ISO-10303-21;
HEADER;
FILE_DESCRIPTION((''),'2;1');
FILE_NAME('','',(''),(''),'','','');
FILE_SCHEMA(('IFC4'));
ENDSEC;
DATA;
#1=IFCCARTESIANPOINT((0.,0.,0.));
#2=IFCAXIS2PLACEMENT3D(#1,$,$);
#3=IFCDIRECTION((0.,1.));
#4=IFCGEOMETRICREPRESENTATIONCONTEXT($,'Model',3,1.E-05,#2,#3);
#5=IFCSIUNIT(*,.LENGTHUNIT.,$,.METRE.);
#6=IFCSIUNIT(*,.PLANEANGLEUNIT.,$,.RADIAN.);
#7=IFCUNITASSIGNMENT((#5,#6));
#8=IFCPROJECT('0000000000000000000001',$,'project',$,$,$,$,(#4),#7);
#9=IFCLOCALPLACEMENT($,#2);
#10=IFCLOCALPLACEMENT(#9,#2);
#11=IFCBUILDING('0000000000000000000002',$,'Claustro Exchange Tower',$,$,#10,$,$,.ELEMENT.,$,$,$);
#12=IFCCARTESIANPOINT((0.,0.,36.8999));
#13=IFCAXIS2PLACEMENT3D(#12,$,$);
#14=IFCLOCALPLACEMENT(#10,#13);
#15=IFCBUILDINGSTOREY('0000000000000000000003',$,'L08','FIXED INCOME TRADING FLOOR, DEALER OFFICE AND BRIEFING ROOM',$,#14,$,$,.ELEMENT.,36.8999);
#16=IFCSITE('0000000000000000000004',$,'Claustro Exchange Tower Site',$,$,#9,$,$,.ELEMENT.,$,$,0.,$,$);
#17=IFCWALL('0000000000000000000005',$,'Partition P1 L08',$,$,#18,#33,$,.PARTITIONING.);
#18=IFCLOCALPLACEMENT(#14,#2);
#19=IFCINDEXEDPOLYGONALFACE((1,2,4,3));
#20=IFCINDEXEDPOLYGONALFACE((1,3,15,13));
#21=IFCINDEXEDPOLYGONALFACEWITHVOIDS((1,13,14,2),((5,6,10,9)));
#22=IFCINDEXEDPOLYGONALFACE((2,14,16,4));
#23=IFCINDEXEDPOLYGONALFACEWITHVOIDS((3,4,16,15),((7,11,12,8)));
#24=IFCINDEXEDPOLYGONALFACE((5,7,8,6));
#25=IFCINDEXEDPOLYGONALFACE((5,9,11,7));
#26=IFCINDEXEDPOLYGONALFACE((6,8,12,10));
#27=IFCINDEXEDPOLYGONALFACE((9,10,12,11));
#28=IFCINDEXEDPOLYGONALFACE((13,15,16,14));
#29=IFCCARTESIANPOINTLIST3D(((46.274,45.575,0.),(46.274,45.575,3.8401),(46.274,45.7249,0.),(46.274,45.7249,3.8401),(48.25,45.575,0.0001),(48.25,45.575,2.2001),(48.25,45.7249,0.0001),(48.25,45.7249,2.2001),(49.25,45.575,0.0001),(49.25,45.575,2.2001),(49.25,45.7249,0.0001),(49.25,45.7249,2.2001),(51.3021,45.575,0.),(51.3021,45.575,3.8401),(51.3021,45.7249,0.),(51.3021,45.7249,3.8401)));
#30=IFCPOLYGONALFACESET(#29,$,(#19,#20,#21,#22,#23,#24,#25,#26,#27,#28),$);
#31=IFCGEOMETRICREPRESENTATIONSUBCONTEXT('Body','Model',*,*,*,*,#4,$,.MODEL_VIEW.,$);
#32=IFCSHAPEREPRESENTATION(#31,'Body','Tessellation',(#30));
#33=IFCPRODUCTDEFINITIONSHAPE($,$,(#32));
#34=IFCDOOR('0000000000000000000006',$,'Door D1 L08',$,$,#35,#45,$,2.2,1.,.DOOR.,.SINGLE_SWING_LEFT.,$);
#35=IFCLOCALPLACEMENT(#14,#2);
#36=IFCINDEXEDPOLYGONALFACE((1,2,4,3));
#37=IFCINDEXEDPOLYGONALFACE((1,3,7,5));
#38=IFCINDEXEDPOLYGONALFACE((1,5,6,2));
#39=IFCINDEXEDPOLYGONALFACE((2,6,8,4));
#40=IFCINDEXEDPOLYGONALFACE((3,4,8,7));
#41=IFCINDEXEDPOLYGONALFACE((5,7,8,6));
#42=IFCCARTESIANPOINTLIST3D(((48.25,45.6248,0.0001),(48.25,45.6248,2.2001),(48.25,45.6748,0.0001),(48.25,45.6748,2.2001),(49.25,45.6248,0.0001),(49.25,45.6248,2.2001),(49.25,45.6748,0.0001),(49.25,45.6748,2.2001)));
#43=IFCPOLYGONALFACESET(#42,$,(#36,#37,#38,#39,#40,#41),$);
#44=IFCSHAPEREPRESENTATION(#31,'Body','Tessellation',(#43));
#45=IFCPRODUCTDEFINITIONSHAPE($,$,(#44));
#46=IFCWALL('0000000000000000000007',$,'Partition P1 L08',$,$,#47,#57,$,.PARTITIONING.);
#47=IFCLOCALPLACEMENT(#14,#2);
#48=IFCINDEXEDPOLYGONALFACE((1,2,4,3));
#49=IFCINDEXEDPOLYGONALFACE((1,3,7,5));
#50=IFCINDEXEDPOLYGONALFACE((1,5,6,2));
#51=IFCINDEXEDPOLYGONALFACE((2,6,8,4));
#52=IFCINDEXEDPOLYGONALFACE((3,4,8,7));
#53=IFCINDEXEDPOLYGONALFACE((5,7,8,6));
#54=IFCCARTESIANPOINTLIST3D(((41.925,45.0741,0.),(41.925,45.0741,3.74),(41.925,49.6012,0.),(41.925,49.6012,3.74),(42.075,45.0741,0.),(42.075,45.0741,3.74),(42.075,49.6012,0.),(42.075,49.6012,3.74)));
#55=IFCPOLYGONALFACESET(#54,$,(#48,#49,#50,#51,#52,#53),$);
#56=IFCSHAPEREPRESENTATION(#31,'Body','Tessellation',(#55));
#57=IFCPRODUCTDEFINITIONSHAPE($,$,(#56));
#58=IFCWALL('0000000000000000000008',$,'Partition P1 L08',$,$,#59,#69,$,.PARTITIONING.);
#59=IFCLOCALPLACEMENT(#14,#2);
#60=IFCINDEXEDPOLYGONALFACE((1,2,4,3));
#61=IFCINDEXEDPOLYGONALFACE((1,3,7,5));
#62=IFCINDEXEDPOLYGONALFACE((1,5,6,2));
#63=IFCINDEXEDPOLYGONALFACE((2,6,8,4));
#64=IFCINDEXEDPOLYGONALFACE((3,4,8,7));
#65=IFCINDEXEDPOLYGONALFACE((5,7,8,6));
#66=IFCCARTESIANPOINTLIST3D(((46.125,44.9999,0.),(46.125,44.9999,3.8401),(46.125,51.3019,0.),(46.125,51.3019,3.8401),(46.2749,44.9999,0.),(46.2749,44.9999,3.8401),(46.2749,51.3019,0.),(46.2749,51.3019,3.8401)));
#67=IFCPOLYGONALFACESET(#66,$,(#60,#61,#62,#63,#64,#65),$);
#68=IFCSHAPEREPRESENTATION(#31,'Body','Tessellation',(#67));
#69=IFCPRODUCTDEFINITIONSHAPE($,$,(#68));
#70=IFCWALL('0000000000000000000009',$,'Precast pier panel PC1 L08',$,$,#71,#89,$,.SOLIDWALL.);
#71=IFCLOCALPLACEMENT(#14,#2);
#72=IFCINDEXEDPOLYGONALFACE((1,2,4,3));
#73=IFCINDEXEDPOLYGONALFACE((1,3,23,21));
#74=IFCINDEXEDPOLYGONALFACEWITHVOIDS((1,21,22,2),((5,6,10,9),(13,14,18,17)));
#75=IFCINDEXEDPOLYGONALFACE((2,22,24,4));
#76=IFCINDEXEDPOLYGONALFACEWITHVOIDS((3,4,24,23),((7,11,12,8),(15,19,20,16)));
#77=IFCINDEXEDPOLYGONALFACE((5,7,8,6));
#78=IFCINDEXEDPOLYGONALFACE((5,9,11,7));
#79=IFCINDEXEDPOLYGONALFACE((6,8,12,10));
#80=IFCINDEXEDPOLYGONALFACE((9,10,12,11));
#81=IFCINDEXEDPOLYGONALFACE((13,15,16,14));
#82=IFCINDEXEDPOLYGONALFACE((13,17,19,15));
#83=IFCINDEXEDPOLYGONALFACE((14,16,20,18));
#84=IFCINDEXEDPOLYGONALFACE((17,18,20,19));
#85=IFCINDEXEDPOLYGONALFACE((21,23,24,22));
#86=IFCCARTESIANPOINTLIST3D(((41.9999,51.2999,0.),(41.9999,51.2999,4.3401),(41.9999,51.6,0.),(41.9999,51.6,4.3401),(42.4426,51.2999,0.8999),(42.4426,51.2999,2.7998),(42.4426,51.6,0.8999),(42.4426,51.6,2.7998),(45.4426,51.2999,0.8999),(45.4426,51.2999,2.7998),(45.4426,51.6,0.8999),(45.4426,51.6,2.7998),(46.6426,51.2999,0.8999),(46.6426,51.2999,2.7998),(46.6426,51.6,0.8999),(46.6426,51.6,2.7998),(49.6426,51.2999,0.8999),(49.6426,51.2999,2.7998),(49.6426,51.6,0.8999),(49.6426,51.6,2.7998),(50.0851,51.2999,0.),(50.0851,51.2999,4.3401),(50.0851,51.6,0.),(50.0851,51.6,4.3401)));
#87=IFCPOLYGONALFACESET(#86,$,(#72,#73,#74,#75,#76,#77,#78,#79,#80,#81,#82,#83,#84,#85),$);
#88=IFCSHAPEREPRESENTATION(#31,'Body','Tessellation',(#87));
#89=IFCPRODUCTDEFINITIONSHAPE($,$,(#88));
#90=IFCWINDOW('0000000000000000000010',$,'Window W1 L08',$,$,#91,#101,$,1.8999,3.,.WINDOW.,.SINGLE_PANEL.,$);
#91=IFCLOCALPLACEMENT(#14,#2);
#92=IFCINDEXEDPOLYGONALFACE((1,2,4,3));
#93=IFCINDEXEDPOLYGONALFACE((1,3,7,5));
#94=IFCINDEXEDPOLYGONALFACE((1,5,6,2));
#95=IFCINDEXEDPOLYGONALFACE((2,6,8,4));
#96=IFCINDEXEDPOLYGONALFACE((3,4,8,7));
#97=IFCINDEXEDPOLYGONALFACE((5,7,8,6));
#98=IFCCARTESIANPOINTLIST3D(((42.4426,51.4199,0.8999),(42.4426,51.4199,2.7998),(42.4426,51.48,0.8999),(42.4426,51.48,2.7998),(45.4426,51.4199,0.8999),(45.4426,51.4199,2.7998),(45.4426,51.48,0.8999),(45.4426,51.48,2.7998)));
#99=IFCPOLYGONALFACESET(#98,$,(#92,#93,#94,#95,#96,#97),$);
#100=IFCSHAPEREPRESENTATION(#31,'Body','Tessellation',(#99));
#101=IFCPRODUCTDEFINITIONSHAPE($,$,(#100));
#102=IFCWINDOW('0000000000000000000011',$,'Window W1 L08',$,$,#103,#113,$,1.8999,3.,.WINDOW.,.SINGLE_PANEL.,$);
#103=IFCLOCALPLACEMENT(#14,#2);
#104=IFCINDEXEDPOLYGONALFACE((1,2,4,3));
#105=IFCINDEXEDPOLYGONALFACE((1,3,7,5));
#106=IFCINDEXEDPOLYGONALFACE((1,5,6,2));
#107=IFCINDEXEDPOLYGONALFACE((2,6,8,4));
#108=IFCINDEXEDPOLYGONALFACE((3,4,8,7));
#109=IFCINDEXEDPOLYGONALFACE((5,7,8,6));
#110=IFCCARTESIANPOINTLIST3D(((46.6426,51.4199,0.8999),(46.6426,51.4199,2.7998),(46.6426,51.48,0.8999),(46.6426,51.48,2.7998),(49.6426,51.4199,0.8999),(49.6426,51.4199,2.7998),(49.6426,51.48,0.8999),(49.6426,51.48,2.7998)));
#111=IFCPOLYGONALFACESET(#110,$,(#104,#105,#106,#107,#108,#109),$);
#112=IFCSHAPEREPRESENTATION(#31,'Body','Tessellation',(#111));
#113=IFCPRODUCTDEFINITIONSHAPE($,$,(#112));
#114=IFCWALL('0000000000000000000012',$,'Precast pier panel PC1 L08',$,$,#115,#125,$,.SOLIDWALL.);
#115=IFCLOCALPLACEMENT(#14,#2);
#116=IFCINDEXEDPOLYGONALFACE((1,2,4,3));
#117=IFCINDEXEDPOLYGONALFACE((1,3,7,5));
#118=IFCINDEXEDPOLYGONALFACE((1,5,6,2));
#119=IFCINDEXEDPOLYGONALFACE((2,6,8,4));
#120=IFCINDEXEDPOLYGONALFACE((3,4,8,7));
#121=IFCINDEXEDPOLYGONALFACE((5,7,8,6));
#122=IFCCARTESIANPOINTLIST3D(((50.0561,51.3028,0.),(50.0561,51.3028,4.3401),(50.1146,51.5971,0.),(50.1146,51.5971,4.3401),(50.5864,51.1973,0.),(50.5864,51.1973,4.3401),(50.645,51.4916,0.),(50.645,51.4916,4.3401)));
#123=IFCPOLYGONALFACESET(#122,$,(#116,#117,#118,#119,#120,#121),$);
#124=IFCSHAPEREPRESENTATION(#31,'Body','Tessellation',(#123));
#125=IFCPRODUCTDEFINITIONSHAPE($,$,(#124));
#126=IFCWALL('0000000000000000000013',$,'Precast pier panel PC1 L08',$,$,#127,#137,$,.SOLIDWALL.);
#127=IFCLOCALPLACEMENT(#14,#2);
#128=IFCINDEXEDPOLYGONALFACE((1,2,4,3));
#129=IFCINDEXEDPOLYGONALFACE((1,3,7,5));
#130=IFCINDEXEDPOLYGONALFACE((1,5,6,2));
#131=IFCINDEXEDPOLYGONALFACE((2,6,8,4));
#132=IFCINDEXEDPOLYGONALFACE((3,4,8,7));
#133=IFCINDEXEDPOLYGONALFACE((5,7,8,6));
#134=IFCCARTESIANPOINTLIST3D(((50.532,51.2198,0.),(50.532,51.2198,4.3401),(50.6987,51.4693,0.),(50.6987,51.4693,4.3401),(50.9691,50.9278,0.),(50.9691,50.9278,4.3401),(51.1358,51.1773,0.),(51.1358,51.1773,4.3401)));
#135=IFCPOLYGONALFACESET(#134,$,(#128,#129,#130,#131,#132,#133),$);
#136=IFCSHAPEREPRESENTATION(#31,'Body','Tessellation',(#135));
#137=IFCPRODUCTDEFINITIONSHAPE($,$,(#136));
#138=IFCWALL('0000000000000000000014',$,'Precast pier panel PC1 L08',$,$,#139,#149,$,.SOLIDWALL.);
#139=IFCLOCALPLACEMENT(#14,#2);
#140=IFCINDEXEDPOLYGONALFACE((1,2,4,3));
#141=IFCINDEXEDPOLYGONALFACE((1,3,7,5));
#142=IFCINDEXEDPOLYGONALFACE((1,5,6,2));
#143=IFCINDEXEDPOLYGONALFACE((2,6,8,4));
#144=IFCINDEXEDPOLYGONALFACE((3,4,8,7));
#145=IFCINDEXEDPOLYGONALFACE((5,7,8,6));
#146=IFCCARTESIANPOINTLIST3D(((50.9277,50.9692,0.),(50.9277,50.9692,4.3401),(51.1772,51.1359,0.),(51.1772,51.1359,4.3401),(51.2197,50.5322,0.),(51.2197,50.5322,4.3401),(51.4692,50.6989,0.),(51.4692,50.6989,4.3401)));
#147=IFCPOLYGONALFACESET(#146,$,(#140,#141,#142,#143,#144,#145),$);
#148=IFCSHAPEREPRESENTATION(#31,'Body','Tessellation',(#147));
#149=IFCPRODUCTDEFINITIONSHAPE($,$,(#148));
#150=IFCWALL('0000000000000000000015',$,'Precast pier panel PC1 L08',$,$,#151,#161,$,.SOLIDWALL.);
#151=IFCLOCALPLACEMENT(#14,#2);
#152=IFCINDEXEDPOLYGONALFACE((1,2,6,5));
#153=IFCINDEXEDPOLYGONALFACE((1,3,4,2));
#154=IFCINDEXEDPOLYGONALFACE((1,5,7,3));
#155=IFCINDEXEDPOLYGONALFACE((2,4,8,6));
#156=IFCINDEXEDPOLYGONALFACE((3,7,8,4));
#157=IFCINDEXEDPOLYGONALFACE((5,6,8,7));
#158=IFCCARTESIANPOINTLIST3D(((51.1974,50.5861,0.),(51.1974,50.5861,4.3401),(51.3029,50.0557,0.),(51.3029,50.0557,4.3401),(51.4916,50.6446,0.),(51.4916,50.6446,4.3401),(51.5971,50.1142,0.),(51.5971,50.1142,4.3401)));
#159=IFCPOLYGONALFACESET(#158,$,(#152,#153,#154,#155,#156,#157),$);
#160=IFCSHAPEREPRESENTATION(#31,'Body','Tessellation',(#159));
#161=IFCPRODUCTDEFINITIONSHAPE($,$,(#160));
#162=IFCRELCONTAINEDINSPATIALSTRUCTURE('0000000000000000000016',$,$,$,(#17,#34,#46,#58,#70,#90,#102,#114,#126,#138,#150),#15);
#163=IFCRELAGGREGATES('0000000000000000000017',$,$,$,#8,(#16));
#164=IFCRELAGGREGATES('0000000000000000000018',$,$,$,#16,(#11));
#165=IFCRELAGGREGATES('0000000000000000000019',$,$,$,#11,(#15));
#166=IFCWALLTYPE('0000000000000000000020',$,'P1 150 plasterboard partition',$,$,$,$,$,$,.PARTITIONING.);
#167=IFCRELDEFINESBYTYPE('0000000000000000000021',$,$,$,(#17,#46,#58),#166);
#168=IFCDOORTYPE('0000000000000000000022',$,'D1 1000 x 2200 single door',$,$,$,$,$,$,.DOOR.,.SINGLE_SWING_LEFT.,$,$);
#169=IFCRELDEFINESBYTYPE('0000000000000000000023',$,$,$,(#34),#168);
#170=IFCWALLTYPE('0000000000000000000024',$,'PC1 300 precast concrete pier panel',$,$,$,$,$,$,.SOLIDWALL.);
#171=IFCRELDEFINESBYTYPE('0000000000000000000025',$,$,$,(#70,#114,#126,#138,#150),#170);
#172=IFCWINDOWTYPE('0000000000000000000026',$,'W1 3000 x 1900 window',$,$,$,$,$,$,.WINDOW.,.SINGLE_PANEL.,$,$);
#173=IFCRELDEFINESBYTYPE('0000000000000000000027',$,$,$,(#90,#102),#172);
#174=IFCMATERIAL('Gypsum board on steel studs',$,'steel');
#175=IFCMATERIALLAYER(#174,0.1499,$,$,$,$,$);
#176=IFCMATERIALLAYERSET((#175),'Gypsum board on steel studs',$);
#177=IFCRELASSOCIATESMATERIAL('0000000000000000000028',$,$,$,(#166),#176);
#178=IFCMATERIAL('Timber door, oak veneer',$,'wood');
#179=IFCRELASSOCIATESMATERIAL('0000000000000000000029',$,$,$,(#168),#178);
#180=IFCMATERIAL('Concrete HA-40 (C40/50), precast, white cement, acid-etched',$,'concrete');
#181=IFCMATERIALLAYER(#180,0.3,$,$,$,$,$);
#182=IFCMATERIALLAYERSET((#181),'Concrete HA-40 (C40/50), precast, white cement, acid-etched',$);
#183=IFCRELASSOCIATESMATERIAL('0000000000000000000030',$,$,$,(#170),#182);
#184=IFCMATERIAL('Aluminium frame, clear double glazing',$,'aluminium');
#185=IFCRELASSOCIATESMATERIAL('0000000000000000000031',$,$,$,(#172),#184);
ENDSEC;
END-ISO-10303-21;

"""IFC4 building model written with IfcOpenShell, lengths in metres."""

from ifc_helpers import new_model, si_unit, direction, frame, frame_2d, origin, place, context, subcontext, project, spatial, rectangle, extrude, material, layer, layer_set, type_object, element, fill, save


model = new_model("IFC4")

# Units and contexts
model_context = context("Model", 3, precision=1e-05, world=origin(), true_north=direction((0.0, 1.0)))
body_context = subcontext(model_context, "Body", "Model", "MODEL_VIEW")
ifc_project = project(units=[si_unit("LENGTHUNIT", "METRE"), si_unit("PLANEANGLEUNIT", "RADIAN")], contexts=[model_context])

# Site, building, storey
site_placement = place(None, origin())
site = spatial("IfcSite", under=ifc_project, at=site_placement, Name="Claustro Exchange Tower Site", CompositionType="ELEMENT", RefElevation=0.0)
building_placement = place(site_placement, origin())
building = spatial("IfcBuilding", under=site, at=building_placement, Name="Claustro Exchange Tower", CompositionType="ELEMENT")
storey_placement = place(building_placement, frame((0.0, 0.0, 36.8999)))
storey = spatial("IfcBuildingStorey", under=building, at=storey_placement, Name="L08", Description="FIXED INCOME TRADING FLOOR, DEALER OFFICE AND BRIEFING ROOM", CompositionType="ELEMENT", Elevation=36.8999)

# Wall, opening, door
ifc_material_1 = material(Name="Gypsum board on steel studs", Category="steel")
ifc_layer_1 = layer(ifc_material_1, 0.1499)
ifc_layer_set_1 = layer_set([ifc_layer_1], Name="Gypsum board on steel studs")
wall_type_1 = type_object("IfcWallType", Name="P1 150 plasterboard partition", PredefinedType="PARTITIONING", material=ifc_layer_set_1)
wall_1_placement = place(storey_placement, frame((46.2739, 45.6499, 0.0), z_axis=(0.0, 0.0, 1.0), x_axis=(1.0, 0.0, 0.0)))
wall_1 = element("IfcWall", 1, at=wall_1_placement, inside=storey, type_object=wall_type_1, Name="Partition P1 L08", PredefinedType="PARTITIONING", context=body_context, shape_type="SweptSolid", body=[
    extrude(rectangle(XDim=5.0281, YDim=0.1499, at=frame_2d((2.5142, 0.0))), origin(), (0.0, 0.0, 1.0), 3.8401),
])
opening_1_placement = place(wall_1_placement, frame((1.9761, 0.0, 0.0)))
opening_1 = element("IfcOpeningElement", 2, at=opening_1_placement, cuts=wall_1, PredefinedType="OPENING", context=body_context, shape_type="SweptSolid", body=[
    extrude(rectangle(XDim=1.0, YDim=2.2, at=frame_2d((0.5, 1.1001))), frame((0.0, 0.085, 0.0), z_axis=(0.0, -1.0, 0.0), x_axis=(1.0, 0.0, 0.0)), (0.0, 0.0, 1.0), 0.1699),
])
ifc_material_2 = material(Name="Timber door, oak veneer", Category="wood")
door_type = type_object("IfcDoorType", Name="D1 1000 x 2200 single door", OperationType="SINGLE_SWING_LEFT", PredefinedType="DOOR", material=ifc_material_2)
door_placement = place(opening_1_placement, origin())
door = element("IfcDoor", 3, at=door_placement, inside=storey, type_object=door_type, Name="Door D1 L08", OperationType="SINGLE_SWING_LEFT", OverallHeight=2.2, OverallWidth=1.0, PredefinedType="DOOR", context=body_context, shape_type="SweptSolid", body=[
    extrude(rectangle(XDim=1.0, YDim=2.2, at=frame_2d((0.5, 1.1001))), frame((0.0, 0.0249, 0.0), z_axis=(0.0, -1.0, 0.0), x_axis=(1.0, 0.0, 0.0)), (0.0, 0.0, 1.0), 0.05),
])
fill(opening_1, door)

# Walls
wall_2_placement = place(storey_placement, frame((42.0, 45.074, 0.0), z_axis=(0.0, 0.0, 1.0), x_axis=(0.0, 1.0, 0.0)))
element("IfcWall", 4, at=wall_2_placement, inside=storey, type_object=wall_type_1, Name="Partition P1 L08", PredefinedType="PARTITIONING", context=body_context, shape_type="SweptSolid", body=[
    extrude(rectangle(XDim=4.5271, YDim=0.1499, at=frame_2d((2.2637, 0.0))), origin(), (0.0, 0.0, 1.0), 3.74),
])
wall_3_placement = place(storey_placement, frame((46.2, 45.0, 0.0), z_axis=(0.0, 0.0, 1.0), x_axis=(0.0, 1.0, 0.0)))
element("IfcWall", 5, at=wall_3_placement, inside=storey, type_object=wall_type_1, Name="Partition P1 L08", PredefinedType="PARTITIONING", context=body_context, shape_type="SweptSolid", body=[
    extrude(rectangle(XDim=6.302, YDim=0.1499, at=frame_2d((3.1509, 0.0))), origin(), (0.0, 0.0, 1.0), 3.8401),
])

# Wall, openings, windows
ifc_material_3 = material(Name="Concrete HA-40 (C40/50), precast, white cement, acid-etched", Category="concrete")
ifc_layer_2 = layer(ifc_material_3, 0.3)
ifc_layer_set_2 = layer_set([ifc_layer_2], Name="Concrete HA-40 (C40/50), precast, white cement, acid-etched")
wall_type_2 = type_object("IfcWallType", Name="PC1 300 precast concrete pier panel", PredefinedType="SOLIDWALL", material=ifc_layer_set_2)
wall_4_placement = place(storey_placement, frame((42.0, 51.45, 0.0), z_axis=(0.0, 0.0, 1.0), x_axis=(1.0, 0.0, 0.0)))
wall_4 = element("IfcWall", 6, at=wall_4_placement, inside=storey, type_object=wall_type_2, Name="Precast pier panel PC1 L08", PredefinedType="SOLIDWALL", context=body_context, shape_type="SweptSolid", body=[
    extrude(rectangle(XDim=8.0852, YDim=0.3, at=frame_2d((4.0425, 0.0))), origin(), (0.0, 0.0, 1.0), 4.3401),
])
opening_2_placement = place(wall_4_placement, frame((0.4426, 0.0, 0.8999)))
opening_2 = element("IfcOpeningElement", 7, at=opening_2_placement, cuts=wall_4, PredefinedType="OPENING", context=body_context, shape_type="SweptSolid", body=[
    extrude(rectangle(XDim=3.0, YDim=1.8999, at=frame_2d((1.5, 0.95))), frame((0.0, 0.1599, 0.0), z_axis=(0.0, -1.0, 0.0), x_axis=(1.0, 0.0, 0.0)), (0.0, 0.0, 1.0), 0.3201),
])
opening_3_placement = place(wall_4_placement, frame((4.6426, 0.0, 0.8999)))
opening_3 = element("IfcOpeningElement", 8, at=opening_3_placement, cuts=wall_4, PredefinedType="OPENING", context=body_context, shape_type="SweptSolid", body=[
    extrude(rectangle(XDim=3.0, YDim=1.8999, at=frame_2d((1.5, 0.95))), frame((0.0, 0.1599, 0.0), z_axis=(0.0, -1.0, 0.0), x_axis=(1.0, 0.0, 0.0)), (0.0, 0.0, 1.0), 0.3201),
])
ifc_material_4 = material(Name="Aluminium frame, clear double glazing", Category="aluminium")
window_type_1 = type_object("IfcWindowType", Name="W1 3000 x 1900 window", PartitioningType="SINGLE_PANEL", PredefinedType="WINDOW", material=ifc_material_4)
window_1_placement = place(opening_2_placement, origin())
window_1 = element("IfcWindow", 9, at=window_1_placement, inside=storey, type_object=window_type_1, Name="Window W1 L08", OverallHeight=1.8999, OverallWidth=3.0, PartitioningType="SINGLE_PANEL", PredefinedType="WINDOW", context=body_context, shape_type="SweptSolid", body=[
    extrude(rectangle(XDim=3.0, YDim=1.8999, at=frame_2d((1.5, 0.95))), frame((0.0, 0.03, 0.0), z_axis=(0.0, -1.0, 0.0), x_axis=(1.0, 0.0, 0.0)), (0.0, 0.0, 1.0), 0.0601),
])
fill(opening_2, window_1)
window_2_placement = place(opening_3_placement, origin())
window_2 = element("IfcWindow", 10, at=window_2_placement, inside=storey, type_object=window_type_1, Name="Window W1 L08", OverallHeight=1.8999, OverallWidth=3.0, PartitioningType="SINGLE_PANEL", PredefinedType="WINDOW", context=body_context, shape_type="SweptSolid", body=[
    extrude(rectangle(XDim=3.0, YDim=1.8999, at=frame_2d((1.5, 0.95))), frame((0.0, 0.03, 0.0), z_axis=(0.0, -1.0, 0.0), x_axis=(1.0, 0.0, 0.0)), (0.0, 0.0, 1.0), 0.0601),
])
fill(opening_3, window_2)

# Walls
wall_5_placement = place(storey_placement, frame((50.0852, 51.45, 0.0), z_axis=(0.0, 0.0, 1.0), x_axis=(0.980789, -0.195074, 0.0)))
element("IfcWall", 11, at=wall_5_placement, inside=storey, type_object=wall_type_2, Name="Precast pier panel PC1 L08", PredefinedType="SOLIDWALL", context=body_context, shape_type="SweptSolid", body=[
    extrude(rectangle(XDim=0.5408, YDim=0.3, at=frame_2d((0.2705, 0.0))), origin(), (0.0, 0.0, 1.0), 4.3401),
])
for number, where, z_axis, x_axis, name in (
    (12, (50.6155, 51.3445, 0.0), (0.0, 0.0, 1.0), (0.831478, -0.555557, 0.0), "Precast pier panel PC1 L08"),
    (13, (51.0525, 51.0525, 0.0), (0.0, 0.0, 1.0), (0.555557, -0.831478, 0.0), "Precast pier panel PC1 L08"),
):
    element("IfcWall", number, at=place(storey_placement, frame(where, z_axis=z_axis, x_axis=x_axis)), inside=storey, type_object=wall_type_2, Name=name, PredefinedType="SOLIDWALL", context=body_context, shape_type="SweptSolid", body=[
        extrude(rectangle(XDim=0.5256, YDim=0.3, at=frame_2d((0.2627, 0.0))), origin(), (0.0, 0.0, 1.0), 4.3401),
    ])
wall_6_placement = place(storey_placement, frame((51.3445, 50.6155, 0.0), z_axis=(0.0, 0.0, 1.0), x_axis=(0.195074, -0.980789, 0.0)))
element("IfcWall", 14, at=wall_6_placement, inside=storey, type_object=wall_type_2, Name="Precast pier panel PC1 L08", PredefinedType="SOLIDWALL", context=body_context, shape_type="SweptSolid", body=[
    extrude(rectangle(XDim=0.5408, YDim=0.3, at=frame_2d((0.2705, 0.0))), origin(), (0.0, 0.0, 1.0), 4.3401),
])

save(model, "model.ifc")
